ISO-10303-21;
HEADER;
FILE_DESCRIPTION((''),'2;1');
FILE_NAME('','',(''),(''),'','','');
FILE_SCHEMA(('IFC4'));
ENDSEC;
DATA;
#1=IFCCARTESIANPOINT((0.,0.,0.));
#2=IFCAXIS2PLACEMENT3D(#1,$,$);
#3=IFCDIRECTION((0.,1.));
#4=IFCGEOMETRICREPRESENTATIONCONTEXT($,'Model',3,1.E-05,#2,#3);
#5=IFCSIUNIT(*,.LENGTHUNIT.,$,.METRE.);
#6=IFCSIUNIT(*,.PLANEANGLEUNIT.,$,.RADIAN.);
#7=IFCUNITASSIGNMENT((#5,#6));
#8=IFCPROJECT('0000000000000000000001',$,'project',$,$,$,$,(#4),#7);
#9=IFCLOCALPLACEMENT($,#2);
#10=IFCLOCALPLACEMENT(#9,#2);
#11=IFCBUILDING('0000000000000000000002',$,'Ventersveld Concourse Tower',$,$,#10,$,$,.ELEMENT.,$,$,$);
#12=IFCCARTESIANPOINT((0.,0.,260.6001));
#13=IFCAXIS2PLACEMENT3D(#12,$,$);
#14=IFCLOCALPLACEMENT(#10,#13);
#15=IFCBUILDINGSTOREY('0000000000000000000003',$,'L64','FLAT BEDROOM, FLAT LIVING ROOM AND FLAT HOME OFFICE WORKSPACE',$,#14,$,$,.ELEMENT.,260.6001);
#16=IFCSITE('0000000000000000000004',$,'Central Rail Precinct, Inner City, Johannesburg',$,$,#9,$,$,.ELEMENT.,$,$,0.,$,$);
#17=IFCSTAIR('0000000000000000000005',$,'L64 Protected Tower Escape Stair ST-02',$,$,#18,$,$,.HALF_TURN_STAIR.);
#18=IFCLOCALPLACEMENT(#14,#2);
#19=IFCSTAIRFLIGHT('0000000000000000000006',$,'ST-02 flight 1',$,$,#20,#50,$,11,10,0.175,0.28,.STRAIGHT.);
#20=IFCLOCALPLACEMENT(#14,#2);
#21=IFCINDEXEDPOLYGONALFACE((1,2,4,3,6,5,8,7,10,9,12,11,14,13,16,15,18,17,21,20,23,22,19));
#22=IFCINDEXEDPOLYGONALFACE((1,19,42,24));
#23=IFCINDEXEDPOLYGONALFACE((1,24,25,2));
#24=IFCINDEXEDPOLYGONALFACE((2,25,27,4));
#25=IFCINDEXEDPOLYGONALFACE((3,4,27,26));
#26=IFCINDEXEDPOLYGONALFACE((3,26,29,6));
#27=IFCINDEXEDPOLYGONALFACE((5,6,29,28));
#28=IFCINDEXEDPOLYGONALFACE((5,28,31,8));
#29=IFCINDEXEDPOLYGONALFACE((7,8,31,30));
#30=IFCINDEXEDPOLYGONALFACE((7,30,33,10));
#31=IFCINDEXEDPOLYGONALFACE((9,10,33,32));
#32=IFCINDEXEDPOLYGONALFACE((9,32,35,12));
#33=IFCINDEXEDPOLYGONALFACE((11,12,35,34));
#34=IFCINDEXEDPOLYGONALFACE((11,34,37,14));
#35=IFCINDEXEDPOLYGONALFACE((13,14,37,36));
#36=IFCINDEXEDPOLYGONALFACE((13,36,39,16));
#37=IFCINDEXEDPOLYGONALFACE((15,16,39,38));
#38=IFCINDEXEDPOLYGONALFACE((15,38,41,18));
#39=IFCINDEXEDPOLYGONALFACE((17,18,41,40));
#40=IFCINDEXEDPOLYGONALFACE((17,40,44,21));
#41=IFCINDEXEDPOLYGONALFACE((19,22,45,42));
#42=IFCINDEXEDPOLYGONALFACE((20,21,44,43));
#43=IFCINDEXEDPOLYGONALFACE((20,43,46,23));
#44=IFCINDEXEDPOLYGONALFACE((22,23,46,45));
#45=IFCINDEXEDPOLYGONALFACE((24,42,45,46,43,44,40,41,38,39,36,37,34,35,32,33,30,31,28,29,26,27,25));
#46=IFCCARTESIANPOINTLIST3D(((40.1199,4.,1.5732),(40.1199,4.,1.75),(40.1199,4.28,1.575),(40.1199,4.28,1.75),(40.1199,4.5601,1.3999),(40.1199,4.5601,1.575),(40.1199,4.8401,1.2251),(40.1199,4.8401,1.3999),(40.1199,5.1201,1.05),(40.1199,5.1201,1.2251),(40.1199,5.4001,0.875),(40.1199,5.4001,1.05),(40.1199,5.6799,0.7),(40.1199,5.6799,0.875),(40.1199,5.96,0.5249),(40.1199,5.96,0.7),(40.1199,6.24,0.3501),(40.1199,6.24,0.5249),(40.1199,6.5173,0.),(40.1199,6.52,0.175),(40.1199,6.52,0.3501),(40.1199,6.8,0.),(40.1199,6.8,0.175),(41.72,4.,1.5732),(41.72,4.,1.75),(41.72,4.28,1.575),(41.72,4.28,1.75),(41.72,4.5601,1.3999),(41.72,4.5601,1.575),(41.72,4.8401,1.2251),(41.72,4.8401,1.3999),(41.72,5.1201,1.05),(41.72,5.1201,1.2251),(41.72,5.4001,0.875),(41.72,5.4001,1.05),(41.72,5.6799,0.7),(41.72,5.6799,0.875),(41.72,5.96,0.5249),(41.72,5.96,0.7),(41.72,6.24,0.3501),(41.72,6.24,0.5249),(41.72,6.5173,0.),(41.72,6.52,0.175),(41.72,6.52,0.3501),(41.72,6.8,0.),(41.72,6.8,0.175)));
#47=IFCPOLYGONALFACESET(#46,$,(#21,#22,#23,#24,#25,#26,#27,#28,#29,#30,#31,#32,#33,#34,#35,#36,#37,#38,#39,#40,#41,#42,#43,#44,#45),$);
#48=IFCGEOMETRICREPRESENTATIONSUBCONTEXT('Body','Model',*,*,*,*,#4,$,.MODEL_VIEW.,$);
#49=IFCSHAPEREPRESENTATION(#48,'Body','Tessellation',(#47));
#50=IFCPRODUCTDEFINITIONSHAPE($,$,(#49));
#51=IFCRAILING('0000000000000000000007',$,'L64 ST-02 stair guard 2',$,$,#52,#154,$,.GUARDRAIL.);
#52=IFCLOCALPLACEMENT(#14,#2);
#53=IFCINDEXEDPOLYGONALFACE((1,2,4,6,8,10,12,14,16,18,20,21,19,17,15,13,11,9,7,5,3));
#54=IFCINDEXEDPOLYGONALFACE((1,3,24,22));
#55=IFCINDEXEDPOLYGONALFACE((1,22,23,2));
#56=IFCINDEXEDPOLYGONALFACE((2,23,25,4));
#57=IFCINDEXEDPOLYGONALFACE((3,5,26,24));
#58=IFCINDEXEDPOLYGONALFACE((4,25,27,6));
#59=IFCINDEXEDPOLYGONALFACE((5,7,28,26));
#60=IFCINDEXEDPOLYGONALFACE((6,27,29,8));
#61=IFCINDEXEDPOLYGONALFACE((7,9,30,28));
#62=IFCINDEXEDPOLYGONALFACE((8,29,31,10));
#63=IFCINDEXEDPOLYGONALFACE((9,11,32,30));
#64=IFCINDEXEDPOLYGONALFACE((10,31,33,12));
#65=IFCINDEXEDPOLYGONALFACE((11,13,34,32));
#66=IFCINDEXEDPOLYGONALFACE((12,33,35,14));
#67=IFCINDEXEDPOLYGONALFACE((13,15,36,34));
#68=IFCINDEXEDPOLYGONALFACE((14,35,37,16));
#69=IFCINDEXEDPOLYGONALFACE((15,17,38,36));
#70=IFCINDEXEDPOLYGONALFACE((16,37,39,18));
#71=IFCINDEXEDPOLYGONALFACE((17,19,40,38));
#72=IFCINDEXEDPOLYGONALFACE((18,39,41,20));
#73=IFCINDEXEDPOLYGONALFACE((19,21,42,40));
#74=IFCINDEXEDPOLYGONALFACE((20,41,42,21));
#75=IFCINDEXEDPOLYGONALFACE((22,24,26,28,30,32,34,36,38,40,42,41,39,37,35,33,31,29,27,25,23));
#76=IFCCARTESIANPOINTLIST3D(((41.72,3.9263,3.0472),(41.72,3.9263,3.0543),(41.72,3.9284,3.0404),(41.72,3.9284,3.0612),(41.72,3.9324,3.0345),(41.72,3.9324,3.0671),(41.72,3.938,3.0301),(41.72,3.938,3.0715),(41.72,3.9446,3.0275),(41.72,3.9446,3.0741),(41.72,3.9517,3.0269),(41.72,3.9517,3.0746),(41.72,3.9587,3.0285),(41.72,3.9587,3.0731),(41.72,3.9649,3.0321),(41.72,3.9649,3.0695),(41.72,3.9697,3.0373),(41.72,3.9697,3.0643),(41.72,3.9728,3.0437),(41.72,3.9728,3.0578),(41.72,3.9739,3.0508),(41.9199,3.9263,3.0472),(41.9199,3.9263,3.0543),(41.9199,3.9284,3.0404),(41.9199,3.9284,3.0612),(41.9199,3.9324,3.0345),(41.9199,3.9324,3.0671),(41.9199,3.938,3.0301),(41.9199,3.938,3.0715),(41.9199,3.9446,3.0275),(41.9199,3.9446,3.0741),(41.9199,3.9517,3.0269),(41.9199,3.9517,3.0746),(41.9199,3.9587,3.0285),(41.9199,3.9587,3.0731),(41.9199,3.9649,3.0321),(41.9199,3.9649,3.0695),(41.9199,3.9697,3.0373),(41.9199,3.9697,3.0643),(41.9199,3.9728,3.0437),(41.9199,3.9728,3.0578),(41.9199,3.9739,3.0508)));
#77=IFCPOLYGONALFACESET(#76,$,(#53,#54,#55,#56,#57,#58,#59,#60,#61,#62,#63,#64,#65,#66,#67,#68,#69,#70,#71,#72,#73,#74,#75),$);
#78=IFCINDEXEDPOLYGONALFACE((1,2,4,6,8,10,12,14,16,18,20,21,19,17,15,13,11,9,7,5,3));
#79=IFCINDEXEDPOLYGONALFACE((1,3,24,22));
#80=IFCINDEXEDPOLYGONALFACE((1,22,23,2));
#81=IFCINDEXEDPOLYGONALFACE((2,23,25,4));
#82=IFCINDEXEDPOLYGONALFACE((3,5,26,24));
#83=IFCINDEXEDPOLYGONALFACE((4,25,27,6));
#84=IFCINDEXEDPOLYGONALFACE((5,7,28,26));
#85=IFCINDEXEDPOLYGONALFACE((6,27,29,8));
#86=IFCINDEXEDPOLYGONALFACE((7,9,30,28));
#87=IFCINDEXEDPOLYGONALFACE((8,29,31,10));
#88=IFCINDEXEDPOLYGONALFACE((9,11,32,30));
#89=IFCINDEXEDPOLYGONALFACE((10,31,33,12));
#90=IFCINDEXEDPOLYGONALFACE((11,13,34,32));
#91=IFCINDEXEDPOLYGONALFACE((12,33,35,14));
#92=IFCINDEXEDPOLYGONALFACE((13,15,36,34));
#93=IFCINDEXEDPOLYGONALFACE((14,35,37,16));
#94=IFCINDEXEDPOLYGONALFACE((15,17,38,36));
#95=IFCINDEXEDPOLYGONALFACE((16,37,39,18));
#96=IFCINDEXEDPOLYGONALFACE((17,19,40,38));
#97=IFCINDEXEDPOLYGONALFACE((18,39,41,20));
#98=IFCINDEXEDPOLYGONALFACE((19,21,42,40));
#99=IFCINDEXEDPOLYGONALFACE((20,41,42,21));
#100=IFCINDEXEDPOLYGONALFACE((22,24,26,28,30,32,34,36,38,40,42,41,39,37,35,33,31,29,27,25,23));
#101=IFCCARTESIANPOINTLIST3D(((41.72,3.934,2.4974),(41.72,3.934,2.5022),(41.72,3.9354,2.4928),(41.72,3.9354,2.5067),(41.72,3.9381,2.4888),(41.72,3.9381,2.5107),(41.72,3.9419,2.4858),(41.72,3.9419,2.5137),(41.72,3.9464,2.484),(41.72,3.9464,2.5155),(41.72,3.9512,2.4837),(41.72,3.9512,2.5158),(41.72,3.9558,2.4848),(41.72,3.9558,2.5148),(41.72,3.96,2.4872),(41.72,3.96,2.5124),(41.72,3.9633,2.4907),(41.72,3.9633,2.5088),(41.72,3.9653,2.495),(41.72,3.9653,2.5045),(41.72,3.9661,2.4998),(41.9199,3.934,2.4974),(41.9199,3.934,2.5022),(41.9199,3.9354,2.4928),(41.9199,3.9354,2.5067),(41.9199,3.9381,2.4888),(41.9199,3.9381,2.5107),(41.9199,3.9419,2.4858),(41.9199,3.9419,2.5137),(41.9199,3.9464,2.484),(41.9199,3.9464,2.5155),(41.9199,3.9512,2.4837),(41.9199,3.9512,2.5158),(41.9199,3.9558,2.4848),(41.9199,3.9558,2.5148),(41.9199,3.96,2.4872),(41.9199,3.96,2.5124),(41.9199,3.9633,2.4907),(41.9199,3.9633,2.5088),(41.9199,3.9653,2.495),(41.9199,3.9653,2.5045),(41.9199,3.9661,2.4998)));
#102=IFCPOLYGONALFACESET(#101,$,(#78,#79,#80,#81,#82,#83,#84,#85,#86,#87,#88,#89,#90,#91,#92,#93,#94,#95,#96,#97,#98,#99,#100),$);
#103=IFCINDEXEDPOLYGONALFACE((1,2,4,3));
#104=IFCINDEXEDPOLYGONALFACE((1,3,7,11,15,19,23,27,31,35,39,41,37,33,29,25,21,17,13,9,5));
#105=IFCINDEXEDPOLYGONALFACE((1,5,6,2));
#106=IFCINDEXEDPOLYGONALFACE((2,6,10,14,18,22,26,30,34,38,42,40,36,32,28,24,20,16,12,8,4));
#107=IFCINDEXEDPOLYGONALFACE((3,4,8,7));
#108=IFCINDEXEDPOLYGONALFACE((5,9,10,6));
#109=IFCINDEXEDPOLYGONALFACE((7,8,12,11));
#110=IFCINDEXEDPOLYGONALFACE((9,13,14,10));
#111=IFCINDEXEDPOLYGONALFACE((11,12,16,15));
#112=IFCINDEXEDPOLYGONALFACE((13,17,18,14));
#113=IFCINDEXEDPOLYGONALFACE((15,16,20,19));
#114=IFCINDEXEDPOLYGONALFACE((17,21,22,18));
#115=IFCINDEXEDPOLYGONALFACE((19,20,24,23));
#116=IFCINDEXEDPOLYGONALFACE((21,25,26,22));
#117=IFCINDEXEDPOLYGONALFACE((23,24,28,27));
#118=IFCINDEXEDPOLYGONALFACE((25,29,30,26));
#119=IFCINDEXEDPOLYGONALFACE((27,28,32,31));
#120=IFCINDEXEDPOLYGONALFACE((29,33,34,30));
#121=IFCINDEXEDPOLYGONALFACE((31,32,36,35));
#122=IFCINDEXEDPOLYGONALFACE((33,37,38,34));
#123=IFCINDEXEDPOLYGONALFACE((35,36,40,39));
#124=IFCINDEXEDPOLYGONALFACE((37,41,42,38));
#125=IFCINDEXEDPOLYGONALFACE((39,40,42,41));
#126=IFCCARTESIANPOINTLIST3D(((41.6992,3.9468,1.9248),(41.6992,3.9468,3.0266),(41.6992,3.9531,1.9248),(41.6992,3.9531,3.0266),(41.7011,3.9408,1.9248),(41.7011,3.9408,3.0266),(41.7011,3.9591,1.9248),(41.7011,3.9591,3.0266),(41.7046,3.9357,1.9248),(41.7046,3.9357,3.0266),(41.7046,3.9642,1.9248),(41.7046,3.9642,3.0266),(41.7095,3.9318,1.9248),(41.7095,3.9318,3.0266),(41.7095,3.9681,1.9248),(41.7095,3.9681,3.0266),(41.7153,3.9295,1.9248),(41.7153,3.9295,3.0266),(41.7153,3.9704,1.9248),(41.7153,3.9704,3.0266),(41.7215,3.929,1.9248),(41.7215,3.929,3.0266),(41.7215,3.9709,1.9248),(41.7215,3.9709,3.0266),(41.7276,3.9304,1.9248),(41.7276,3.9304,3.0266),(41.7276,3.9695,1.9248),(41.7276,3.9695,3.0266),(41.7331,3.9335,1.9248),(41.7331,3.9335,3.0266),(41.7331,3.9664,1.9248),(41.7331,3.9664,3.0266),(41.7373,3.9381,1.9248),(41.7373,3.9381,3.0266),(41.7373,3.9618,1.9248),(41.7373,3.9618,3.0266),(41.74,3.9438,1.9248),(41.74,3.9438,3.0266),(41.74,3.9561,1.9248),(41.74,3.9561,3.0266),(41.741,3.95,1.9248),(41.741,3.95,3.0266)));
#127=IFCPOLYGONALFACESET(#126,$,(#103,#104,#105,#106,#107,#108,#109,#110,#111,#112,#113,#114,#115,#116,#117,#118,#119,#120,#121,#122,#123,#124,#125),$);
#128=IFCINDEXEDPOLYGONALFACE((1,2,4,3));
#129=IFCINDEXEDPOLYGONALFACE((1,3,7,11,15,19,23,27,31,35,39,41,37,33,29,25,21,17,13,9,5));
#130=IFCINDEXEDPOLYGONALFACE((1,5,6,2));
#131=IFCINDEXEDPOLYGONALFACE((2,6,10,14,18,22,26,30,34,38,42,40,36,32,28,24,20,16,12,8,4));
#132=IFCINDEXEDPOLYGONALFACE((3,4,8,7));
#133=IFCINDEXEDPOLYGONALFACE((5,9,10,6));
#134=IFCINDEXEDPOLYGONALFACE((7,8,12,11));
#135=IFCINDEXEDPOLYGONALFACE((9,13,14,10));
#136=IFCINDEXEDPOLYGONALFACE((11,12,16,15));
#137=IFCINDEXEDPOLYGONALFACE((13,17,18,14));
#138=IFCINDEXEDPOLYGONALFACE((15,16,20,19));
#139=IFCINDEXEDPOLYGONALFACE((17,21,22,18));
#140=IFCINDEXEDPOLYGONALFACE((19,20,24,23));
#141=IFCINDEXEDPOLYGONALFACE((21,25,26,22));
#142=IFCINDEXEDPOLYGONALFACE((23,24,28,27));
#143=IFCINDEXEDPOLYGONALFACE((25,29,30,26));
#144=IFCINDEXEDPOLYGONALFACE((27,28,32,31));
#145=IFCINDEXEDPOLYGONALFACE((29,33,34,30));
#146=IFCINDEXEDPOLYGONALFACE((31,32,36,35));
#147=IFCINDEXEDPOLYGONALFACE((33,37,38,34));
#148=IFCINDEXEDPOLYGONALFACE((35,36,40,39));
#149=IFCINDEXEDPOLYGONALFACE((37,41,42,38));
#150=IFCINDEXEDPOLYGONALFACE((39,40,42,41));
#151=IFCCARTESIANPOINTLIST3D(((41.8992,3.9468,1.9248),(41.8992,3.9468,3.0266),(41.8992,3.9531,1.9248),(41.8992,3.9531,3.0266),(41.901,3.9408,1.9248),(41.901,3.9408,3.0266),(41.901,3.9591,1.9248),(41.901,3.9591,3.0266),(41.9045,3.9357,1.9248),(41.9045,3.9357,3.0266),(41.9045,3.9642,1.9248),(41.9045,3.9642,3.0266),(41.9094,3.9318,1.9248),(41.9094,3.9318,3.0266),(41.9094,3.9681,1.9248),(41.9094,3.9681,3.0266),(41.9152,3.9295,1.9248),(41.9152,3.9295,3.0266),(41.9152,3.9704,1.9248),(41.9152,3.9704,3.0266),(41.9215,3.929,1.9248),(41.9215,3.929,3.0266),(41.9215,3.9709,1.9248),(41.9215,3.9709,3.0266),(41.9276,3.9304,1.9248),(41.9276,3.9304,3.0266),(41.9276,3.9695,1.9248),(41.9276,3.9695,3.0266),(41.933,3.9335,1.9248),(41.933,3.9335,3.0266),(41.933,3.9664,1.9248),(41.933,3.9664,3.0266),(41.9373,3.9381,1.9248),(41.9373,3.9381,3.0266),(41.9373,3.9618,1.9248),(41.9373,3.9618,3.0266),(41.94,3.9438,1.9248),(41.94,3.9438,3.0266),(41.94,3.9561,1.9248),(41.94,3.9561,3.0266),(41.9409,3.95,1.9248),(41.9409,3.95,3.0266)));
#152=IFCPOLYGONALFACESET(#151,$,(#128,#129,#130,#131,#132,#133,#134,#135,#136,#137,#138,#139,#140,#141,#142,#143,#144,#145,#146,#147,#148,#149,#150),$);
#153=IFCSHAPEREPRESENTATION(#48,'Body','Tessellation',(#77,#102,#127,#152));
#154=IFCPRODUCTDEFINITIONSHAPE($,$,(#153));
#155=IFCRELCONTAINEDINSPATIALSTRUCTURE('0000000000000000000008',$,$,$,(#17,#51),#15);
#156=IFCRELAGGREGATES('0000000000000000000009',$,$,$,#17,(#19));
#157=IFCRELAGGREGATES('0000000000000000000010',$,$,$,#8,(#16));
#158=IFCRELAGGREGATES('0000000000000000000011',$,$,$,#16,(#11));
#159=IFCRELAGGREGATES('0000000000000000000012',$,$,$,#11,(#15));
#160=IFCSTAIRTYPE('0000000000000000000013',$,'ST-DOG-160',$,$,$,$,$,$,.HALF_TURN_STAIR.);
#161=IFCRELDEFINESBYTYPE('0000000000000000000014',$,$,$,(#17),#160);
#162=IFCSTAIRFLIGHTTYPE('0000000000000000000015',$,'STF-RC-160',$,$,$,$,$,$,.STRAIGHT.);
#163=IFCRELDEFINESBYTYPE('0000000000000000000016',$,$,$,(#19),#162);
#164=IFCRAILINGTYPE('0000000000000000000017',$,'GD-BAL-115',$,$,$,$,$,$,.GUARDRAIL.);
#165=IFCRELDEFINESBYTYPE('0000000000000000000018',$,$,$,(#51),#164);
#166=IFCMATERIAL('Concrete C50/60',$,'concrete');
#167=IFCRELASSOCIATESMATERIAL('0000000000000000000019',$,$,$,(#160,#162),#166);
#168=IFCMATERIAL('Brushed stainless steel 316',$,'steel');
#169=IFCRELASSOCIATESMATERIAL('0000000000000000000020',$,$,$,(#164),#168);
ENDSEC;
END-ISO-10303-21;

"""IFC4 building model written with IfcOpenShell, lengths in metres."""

from ifc_helpers import new_model, si_unit, direction, frame, origin, origin_2d, place, context, subcontext, project, spatial, polyline, circle, outline, extrude, material, type_object, element, aggregate, save


model = new_model("IFC4")

# Units and contexts
model_context = context("Model", 3, precision=1e-05, world=origin(), true_north=direction((0.0, 1.0)))
body_context = subcontext(model_context, "Body", "Model", "MODEL_VIEW")
ifc_project = project(units=[si_unit("LENGTHUNIT", "METRE"), si_unit("PLANEANGLEUNIT", "RADIAN")], contexts=[model_context])

# Site, building, storey
site_placement = place(None, origin())
site = spatial("IfcSite", under=ifc_project, at=site_placement, Name="Central Rail Precinct, Inner City, Johannesburg", CompositionType="ELEMENT", RefElevation=0.0)
building_placement = place(site_placement, origin())
building = spatial("IfcBuilding", under=site, at=building_placement, Name="Ventersveld Concourse Tower", CompositionType="ELEMENT")
storey_placement = place(building_placement, frame((0.0, 0.0, 260.6001)))
storey = spatial("IfcBuildingStorey", under=building, at=storey_placement, Name="L64", Description="FLAT BEDROOM, FLAT LIVING ROOM AND FLAT HOME OFFICE WORKSPACE", CompositionType="ELEMENT", Elevation=260.6001)

# Shared definitions
ifc_material_1 = material(Name="Concrete C50/60", Category="concrete")

# Shared definitions
ifc_material_2 = material(Name="Brushed stainless steel 316", Category="steel")

# Stair, stair flight
stair_type = type_object("IfcStairType", Name="ST-DOG-160", PredefinedType="HALF_TURN_STAIR", material=ifc_material_1)
stair_placement = place(storey_placement, origin())
stair = element("IfcStair", 1, at=stair_placement, inside=storey, type_object=stair_type, Name="L64 Protected Tower Escape Stair ST-02", PredefinedType="HALF_TURN_STAIR")
stair_flight_type = type_object("IfcStairFlightType", Name="STF-RC-160", PredefinedType="STRAIGHT", material=ifc_material_1)
stair_flight_placement = place(storey_placement, frame((40.9199, 6.8, 0.0), z_axis=(0.0, 0.0, 1.0), x_axis=(0.0, -1.0, 0.0)))
stair_flight = element("IfcStairFlight", 2, at=stair_flight_placement, type_object=stair_flight_type, Name="ST-02 flight 1", NumberOfRisers=11, NumberOfTreads=10, PredefinedType="STRAIGHT", RiserHeight=0.175, TreadLength=0.28, context=body_context, shape_type="SweptSolid", body=[
    extrude(outline(polyline([(0.0, 0.0), (0.0, 0.175), (0.28, 0.175), (0.28, 0.3501), (0.5601, 0.3501), (0.5601, 0.5249), (0.8401, 0.5249), (0.8401, 0.7), (1.1201, 0.7), (1.1201, 0.875), (1.3999, 0.875), (1.3999, 1.05), (1.6799, 1.05), (1.6799, 1.2251), (1.96, 1.2251), (1.96, 1.3999), (2.24, 1.3999), (2.24, 1.575), (2.52, 1.575), (2.52, 1.75), (2.8, 1.75), (2.8, 1.925), (2.8, 1.5732), (0.2827, 0.0), (0.0, 0.0)])), frame((0.0, 0.8, 0.0), z_axis=(0.0, -1.0, 0.0), x_axis=(1.0, 0.0, 0.0)), (0.0, 0.0, 1.0), 1.6001),
])
aggregate(stair, [stair_flight])

# Railing
railing_type_1 = type_object("IfcRailingType", Name="GD-BAL-115", PredefinedType="GUARDRAIL", material=ifc_material_2)
railing_1_placement = place(storey_placement, frame((41.72, 3.95, 1.9248)))
element("IfcRailing", 3, at=railing_1_placement, inside=storey, type_object=railing_type_1, Name="L64 ST-02 stair guard 2", PredefinedType="GUARDRAIL", context=body_context, shape_type="SweptSolid", body=[
    extrude(circle(Radius=0.0239, at=origin_2d()), frame((0.0, 0.0, 1.126), z_axis=(1.0, 0.0, 0.0), x_axis=(0.0, 1.0, 0.0)), (0.0, 0.0, 1.0), 0.2),
    extrude(circle(Radius=0.0161, at=origin_2d()), frame((0.0, 0.0, 0.575), z_axis=(1.0, 0.0, 0.0), x_axis=(0.0, 1.0, 0.0)), (0.0, 0.0, 1.0), 0.2),
    extrude(circle(Radius=0.021, at=origin_2d()), origin(), (0.0, 0.0, 1.0), 1.1018),
    extrude(circle(Radius=0.021, at=origin_2d()), frame((0.2, 0.0, 0.0)), (0.0, 0.0, 1.0), 1.1018),
])

save(model, "model.ifc")
